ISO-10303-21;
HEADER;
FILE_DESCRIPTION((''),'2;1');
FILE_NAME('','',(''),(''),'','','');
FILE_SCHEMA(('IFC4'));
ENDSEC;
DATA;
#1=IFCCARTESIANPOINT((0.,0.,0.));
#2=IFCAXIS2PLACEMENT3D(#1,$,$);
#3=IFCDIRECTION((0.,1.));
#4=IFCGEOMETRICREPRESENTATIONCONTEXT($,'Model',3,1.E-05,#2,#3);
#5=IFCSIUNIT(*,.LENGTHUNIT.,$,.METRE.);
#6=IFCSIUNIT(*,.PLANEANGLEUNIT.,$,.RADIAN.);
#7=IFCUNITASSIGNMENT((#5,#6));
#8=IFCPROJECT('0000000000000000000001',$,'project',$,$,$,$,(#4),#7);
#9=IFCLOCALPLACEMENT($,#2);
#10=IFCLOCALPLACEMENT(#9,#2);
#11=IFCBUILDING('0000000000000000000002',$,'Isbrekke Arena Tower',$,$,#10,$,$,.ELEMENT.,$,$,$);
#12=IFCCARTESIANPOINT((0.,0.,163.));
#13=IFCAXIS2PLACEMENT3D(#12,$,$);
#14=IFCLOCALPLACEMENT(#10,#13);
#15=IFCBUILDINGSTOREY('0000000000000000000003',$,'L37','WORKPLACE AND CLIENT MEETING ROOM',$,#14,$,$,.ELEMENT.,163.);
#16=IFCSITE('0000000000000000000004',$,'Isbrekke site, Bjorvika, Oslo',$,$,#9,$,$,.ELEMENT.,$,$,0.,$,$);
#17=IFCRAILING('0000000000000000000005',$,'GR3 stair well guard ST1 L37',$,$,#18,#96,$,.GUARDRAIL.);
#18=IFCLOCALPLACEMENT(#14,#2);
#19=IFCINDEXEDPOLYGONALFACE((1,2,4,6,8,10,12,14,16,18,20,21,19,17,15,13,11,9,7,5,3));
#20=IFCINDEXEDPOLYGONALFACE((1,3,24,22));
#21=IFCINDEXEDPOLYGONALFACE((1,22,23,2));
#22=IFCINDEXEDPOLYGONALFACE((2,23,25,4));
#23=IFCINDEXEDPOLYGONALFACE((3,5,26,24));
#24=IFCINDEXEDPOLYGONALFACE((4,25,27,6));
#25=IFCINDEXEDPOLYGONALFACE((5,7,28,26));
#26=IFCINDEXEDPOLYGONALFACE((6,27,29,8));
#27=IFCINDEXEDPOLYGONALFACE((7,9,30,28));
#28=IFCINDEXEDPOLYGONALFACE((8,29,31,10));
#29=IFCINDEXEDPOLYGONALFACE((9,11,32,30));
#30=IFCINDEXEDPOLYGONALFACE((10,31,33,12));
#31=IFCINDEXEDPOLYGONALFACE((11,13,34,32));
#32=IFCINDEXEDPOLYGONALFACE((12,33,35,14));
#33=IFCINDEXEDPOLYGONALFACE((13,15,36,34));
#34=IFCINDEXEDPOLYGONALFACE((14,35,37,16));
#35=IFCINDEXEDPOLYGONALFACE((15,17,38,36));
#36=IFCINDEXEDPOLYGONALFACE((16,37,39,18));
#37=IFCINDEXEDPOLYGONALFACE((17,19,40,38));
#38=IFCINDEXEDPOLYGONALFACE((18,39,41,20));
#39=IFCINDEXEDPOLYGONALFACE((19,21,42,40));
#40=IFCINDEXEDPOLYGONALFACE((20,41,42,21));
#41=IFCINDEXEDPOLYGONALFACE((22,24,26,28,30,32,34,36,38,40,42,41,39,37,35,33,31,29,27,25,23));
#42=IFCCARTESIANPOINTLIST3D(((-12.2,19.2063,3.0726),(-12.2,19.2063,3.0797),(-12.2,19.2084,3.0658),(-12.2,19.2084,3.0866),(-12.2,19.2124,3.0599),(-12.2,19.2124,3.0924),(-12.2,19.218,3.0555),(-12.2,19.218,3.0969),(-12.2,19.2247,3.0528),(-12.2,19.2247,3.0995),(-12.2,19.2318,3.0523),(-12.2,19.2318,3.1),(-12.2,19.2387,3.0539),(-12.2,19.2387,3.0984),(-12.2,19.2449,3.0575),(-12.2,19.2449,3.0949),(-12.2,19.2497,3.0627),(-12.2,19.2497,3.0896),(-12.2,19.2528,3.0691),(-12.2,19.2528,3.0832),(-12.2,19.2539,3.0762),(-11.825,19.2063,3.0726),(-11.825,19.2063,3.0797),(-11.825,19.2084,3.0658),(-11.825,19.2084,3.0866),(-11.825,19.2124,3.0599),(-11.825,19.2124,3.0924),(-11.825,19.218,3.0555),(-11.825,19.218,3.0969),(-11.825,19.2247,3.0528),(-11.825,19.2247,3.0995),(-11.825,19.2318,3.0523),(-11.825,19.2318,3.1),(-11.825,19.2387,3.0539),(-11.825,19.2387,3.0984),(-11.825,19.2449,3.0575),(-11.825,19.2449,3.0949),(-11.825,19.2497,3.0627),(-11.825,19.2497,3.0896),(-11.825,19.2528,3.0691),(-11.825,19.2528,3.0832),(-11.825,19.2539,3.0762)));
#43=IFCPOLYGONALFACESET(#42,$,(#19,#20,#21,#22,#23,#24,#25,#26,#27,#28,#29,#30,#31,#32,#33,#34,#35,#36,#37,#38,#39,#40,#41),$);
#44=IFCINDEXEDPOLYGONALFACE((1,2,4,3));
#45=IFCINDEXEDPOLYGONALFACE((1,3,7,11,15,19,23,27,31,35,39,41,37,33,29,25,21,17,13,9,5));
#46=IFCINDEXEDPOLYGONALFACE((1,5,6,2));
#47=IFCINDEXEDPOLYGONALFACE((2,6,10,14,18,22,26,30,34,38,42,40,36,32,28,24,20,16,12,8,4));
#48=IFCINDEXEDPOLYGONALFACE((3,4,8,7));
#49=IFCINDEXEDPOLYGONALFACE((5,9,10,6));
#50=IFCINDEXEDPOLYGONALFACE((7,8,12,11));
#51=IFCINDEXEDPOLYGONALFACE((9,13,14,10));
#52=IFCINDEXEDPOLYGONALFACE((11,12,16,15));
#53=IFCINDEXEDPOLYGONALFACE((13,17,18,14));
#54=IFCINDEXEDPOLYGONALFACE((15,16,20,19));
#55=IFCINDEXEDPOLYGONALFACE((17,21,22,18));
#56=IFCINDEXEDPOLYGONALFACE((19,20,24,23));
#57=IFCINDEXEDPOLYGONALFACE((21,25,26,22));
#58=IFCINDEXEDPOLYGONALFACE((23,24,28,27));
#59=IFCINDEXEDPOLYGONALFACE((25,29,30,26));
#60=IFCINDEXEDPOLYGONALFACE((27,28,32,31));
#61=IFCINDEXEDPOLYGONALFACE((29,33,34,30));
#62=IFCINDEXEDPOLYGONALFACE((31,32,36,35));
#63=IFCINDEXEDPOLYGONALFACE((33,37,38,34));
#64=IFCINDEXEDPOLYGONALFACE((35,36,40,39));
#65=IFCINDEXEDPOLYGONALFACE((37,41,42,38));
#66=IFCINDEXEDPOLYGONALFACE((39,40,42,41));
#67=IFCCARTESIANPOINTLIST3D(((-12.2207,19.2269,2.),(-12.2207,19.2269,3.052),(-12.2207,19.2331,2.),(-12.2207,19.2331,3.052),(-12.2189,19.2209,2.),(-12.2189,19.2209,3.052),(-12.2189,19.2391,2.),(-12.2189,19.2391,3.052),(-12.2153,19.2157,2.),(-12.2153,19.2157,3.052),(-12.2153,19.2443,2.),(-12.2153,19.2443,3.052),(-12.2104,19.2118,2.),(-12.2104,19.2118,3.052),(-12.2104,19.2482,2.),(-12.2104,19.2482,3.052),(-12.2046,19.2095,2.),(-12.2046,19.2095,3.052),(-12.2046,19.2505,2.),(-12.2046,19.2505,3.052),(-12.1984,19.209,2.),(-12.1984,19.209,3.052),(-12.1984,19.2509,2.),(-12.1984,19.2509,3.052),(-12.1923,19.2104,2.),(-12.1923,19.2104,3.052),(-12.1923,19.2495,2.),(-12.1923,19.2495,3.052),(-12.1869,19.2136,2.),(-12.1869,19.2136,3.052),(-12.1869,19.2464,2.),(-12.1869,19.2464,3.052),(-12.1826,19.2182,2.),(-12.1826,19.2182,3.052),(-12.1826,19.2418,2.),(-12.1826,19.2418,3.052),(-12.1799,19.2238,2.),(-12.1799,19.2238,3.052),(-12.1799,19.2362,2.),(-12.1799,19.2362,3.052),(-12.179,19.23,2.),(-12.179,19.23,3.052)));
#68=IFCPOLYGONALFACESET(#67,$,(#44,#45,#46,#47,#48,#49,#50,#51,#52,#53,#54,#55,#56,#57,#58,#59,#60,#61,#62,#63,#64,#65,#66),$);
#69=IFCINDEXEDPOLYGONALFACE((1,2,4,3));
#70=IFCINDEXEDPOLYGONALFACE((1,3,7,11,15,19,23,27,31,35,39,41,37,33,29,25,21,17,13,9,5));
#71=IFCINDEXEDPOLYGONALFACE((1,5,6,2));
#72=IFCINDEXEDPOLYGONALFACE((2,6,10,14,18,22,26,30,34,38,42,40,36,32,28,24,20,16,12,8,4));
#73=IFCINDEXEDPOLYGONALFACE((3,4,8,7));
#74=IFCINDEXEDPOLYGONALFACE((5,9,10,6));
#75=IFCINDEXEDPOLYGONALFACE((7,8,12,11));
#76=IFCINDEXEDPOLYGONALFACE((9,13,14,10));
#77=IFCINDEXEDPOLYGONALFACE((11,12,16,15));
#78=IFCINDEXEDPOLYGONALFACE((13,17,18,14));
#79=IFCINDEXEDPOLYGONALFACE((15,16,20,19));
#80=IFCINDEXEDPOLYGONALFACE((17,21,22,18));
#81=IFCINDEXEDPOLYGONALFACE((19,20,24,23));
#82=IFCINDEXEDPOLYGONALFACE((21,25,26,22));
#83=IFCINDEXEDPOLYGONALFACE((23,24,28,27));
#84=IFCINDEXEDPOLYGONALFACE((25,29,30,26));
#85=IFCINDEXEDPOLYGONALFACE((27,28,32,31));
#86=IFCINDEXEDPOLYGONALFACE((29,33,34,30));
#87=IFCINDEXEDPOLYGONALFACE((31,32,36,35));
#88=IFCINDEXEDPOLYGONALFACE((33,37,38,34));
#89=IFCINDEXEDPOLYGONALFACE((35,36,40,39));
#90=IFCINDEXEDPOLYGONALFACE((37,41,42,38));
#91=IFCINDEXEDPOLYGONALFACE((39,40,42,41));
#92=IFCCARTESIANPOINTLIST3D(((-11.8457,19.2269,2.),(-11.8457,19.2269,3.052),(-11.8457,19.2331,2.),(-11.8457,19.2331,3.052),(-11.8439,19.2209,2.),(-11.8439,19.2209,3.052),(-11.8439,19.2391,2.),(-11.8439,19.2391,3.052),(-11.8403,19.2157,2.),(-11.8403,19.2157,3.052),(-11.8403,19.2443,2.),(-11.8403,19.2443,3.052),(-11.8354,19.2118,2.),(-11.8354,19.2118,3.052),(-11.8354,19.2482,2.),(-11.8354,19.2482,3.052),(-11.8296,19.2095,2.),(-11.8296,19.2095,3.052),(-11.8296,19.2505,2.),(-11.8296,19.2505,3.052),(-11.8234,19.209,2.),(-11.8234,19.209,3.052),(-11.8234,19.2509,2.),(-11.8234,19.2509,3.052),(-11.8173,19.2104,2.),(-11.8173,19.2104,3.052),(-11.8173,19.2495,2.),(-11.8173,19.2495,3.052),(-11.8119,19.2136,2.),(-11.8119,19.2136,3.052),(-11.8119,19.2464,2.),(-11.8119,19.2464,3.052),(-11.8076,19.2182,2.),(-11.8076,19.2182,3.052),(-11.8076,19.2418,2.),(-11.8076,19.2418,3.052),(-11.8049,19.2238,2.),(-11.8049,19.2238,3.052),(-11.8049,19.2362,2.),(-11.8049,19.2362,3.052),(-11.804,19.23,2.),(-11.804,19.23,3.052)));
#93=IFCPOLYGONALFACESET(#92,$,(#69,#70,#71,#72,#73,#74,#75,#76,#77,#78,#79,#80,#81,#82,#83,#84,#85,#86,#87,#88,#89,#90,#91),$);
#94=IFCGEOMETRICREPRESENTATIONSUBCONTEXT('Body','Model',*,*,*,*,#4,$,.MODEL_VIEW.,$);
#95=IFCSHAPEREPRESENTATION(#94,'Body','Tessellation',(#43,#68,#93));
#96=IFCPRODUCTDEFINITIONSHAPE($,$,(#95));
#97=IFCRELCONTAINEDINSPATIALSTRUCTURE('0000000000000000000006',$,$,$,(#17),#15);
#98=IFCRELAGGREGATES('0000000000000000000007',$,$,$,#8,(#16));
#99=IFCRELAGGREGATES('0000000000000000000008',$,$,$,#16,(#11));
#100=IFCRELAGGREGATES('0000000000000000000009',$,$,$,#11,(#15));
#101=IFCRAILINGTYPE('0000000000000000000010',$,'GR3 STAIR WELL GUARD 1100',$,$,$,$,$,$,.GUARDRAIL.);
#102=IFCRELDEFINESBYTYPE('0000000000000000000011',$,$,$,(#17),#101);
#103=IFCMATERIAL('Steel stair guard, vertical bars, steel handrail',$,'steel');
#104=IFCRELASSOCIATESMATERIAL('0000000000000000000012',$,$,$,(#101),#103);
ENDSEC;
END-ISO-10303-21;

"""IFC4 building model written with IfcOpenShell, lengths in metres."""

from ifc_helpers import new_model, si_unit, direction, frame, origin, origin_2d, place, context, subcontext, project, spatial, circle, extrude, material, type_object, element, save


model = new_model("IFC4")

# Units and contexts
model_context = context("Model", 3, precision=1e-05, world=origin(), true_north=direction((0.0, 1.0)))
body_context = subcontext(model_context, "Body", "Model", "MODEL_VIEW")
ifc_project = project(units=[si_unit("LENGTHUNIT", "METRE"), si_unit("PLANEANGLEUNIT", "RADIAN")], contexts=[model_context])

# Site, building, storey
site_placement = place(None, origin())
site = spatial("IfcSite", under=ifc_project, at=site_placement, Name="Isbrekke site, Bjorvika, Oslo", CompositionType="ELEMENT", RefElevation=0.0)
building_placement = place(site_placement, origin())
building = spatial("IfcBuilding", under=site, at=building_placement, Name="Isbrekke Arena Tower", CompositionType="ELEMENT")
storey_placement = place(building_placement, frame((0.0, 0.0, 163.0)))
storey = spatial("IfcBuildingStorey", under=building, at=storey_placement, Name="L37", Description="WORKPLACE AND CLIENT MEETING ROOM", CompositionType="ELEMENT", Elevation=163.0)

# Railing
ifc_material_1 = material(Name="Steel stair guard, vertical bars, steel handrail", Category="steel")
railing_type = type_object("IfcRailingType", Name="GR3 STAIR WELL GUARD 1100", PredefinedType="GUARDRAIL", material=ifc_material_1)
for number, where, name in (
    (1, (-12.2, 19.23, 2.0), "GR3 stair well guard ST1 L37"),
):
    element("IfcRailing", number, at=place(storey_placement, frame(where)), inside=storey, type_object=railing_type, Name=name, PredefinedType="GUARDRAIL", context=body_context, shape_type="SweptSolid", body=[
        extrude(circle(Radius=0.0239, at=origin_2d()), frame((0.0, 0.0, 1.0762), z_axis=(1.0, 0.0, 0.0), x_axis=(0.0, 1.0, 0.0)), (0.0, 0.0, 1.0), 0.375),
        extrude(circle(Radius=0.021, at=origin_2d()), origin(), (0.0, 0.0, 1.0), 1.052),
        extrude(circle(Radius=0.021, at=origin_2d()), frame((0.375, 0.0, 0.0)), (0.0, 0.0, 1.0), 1.052),
    ])

save(model, "model.ifc")
